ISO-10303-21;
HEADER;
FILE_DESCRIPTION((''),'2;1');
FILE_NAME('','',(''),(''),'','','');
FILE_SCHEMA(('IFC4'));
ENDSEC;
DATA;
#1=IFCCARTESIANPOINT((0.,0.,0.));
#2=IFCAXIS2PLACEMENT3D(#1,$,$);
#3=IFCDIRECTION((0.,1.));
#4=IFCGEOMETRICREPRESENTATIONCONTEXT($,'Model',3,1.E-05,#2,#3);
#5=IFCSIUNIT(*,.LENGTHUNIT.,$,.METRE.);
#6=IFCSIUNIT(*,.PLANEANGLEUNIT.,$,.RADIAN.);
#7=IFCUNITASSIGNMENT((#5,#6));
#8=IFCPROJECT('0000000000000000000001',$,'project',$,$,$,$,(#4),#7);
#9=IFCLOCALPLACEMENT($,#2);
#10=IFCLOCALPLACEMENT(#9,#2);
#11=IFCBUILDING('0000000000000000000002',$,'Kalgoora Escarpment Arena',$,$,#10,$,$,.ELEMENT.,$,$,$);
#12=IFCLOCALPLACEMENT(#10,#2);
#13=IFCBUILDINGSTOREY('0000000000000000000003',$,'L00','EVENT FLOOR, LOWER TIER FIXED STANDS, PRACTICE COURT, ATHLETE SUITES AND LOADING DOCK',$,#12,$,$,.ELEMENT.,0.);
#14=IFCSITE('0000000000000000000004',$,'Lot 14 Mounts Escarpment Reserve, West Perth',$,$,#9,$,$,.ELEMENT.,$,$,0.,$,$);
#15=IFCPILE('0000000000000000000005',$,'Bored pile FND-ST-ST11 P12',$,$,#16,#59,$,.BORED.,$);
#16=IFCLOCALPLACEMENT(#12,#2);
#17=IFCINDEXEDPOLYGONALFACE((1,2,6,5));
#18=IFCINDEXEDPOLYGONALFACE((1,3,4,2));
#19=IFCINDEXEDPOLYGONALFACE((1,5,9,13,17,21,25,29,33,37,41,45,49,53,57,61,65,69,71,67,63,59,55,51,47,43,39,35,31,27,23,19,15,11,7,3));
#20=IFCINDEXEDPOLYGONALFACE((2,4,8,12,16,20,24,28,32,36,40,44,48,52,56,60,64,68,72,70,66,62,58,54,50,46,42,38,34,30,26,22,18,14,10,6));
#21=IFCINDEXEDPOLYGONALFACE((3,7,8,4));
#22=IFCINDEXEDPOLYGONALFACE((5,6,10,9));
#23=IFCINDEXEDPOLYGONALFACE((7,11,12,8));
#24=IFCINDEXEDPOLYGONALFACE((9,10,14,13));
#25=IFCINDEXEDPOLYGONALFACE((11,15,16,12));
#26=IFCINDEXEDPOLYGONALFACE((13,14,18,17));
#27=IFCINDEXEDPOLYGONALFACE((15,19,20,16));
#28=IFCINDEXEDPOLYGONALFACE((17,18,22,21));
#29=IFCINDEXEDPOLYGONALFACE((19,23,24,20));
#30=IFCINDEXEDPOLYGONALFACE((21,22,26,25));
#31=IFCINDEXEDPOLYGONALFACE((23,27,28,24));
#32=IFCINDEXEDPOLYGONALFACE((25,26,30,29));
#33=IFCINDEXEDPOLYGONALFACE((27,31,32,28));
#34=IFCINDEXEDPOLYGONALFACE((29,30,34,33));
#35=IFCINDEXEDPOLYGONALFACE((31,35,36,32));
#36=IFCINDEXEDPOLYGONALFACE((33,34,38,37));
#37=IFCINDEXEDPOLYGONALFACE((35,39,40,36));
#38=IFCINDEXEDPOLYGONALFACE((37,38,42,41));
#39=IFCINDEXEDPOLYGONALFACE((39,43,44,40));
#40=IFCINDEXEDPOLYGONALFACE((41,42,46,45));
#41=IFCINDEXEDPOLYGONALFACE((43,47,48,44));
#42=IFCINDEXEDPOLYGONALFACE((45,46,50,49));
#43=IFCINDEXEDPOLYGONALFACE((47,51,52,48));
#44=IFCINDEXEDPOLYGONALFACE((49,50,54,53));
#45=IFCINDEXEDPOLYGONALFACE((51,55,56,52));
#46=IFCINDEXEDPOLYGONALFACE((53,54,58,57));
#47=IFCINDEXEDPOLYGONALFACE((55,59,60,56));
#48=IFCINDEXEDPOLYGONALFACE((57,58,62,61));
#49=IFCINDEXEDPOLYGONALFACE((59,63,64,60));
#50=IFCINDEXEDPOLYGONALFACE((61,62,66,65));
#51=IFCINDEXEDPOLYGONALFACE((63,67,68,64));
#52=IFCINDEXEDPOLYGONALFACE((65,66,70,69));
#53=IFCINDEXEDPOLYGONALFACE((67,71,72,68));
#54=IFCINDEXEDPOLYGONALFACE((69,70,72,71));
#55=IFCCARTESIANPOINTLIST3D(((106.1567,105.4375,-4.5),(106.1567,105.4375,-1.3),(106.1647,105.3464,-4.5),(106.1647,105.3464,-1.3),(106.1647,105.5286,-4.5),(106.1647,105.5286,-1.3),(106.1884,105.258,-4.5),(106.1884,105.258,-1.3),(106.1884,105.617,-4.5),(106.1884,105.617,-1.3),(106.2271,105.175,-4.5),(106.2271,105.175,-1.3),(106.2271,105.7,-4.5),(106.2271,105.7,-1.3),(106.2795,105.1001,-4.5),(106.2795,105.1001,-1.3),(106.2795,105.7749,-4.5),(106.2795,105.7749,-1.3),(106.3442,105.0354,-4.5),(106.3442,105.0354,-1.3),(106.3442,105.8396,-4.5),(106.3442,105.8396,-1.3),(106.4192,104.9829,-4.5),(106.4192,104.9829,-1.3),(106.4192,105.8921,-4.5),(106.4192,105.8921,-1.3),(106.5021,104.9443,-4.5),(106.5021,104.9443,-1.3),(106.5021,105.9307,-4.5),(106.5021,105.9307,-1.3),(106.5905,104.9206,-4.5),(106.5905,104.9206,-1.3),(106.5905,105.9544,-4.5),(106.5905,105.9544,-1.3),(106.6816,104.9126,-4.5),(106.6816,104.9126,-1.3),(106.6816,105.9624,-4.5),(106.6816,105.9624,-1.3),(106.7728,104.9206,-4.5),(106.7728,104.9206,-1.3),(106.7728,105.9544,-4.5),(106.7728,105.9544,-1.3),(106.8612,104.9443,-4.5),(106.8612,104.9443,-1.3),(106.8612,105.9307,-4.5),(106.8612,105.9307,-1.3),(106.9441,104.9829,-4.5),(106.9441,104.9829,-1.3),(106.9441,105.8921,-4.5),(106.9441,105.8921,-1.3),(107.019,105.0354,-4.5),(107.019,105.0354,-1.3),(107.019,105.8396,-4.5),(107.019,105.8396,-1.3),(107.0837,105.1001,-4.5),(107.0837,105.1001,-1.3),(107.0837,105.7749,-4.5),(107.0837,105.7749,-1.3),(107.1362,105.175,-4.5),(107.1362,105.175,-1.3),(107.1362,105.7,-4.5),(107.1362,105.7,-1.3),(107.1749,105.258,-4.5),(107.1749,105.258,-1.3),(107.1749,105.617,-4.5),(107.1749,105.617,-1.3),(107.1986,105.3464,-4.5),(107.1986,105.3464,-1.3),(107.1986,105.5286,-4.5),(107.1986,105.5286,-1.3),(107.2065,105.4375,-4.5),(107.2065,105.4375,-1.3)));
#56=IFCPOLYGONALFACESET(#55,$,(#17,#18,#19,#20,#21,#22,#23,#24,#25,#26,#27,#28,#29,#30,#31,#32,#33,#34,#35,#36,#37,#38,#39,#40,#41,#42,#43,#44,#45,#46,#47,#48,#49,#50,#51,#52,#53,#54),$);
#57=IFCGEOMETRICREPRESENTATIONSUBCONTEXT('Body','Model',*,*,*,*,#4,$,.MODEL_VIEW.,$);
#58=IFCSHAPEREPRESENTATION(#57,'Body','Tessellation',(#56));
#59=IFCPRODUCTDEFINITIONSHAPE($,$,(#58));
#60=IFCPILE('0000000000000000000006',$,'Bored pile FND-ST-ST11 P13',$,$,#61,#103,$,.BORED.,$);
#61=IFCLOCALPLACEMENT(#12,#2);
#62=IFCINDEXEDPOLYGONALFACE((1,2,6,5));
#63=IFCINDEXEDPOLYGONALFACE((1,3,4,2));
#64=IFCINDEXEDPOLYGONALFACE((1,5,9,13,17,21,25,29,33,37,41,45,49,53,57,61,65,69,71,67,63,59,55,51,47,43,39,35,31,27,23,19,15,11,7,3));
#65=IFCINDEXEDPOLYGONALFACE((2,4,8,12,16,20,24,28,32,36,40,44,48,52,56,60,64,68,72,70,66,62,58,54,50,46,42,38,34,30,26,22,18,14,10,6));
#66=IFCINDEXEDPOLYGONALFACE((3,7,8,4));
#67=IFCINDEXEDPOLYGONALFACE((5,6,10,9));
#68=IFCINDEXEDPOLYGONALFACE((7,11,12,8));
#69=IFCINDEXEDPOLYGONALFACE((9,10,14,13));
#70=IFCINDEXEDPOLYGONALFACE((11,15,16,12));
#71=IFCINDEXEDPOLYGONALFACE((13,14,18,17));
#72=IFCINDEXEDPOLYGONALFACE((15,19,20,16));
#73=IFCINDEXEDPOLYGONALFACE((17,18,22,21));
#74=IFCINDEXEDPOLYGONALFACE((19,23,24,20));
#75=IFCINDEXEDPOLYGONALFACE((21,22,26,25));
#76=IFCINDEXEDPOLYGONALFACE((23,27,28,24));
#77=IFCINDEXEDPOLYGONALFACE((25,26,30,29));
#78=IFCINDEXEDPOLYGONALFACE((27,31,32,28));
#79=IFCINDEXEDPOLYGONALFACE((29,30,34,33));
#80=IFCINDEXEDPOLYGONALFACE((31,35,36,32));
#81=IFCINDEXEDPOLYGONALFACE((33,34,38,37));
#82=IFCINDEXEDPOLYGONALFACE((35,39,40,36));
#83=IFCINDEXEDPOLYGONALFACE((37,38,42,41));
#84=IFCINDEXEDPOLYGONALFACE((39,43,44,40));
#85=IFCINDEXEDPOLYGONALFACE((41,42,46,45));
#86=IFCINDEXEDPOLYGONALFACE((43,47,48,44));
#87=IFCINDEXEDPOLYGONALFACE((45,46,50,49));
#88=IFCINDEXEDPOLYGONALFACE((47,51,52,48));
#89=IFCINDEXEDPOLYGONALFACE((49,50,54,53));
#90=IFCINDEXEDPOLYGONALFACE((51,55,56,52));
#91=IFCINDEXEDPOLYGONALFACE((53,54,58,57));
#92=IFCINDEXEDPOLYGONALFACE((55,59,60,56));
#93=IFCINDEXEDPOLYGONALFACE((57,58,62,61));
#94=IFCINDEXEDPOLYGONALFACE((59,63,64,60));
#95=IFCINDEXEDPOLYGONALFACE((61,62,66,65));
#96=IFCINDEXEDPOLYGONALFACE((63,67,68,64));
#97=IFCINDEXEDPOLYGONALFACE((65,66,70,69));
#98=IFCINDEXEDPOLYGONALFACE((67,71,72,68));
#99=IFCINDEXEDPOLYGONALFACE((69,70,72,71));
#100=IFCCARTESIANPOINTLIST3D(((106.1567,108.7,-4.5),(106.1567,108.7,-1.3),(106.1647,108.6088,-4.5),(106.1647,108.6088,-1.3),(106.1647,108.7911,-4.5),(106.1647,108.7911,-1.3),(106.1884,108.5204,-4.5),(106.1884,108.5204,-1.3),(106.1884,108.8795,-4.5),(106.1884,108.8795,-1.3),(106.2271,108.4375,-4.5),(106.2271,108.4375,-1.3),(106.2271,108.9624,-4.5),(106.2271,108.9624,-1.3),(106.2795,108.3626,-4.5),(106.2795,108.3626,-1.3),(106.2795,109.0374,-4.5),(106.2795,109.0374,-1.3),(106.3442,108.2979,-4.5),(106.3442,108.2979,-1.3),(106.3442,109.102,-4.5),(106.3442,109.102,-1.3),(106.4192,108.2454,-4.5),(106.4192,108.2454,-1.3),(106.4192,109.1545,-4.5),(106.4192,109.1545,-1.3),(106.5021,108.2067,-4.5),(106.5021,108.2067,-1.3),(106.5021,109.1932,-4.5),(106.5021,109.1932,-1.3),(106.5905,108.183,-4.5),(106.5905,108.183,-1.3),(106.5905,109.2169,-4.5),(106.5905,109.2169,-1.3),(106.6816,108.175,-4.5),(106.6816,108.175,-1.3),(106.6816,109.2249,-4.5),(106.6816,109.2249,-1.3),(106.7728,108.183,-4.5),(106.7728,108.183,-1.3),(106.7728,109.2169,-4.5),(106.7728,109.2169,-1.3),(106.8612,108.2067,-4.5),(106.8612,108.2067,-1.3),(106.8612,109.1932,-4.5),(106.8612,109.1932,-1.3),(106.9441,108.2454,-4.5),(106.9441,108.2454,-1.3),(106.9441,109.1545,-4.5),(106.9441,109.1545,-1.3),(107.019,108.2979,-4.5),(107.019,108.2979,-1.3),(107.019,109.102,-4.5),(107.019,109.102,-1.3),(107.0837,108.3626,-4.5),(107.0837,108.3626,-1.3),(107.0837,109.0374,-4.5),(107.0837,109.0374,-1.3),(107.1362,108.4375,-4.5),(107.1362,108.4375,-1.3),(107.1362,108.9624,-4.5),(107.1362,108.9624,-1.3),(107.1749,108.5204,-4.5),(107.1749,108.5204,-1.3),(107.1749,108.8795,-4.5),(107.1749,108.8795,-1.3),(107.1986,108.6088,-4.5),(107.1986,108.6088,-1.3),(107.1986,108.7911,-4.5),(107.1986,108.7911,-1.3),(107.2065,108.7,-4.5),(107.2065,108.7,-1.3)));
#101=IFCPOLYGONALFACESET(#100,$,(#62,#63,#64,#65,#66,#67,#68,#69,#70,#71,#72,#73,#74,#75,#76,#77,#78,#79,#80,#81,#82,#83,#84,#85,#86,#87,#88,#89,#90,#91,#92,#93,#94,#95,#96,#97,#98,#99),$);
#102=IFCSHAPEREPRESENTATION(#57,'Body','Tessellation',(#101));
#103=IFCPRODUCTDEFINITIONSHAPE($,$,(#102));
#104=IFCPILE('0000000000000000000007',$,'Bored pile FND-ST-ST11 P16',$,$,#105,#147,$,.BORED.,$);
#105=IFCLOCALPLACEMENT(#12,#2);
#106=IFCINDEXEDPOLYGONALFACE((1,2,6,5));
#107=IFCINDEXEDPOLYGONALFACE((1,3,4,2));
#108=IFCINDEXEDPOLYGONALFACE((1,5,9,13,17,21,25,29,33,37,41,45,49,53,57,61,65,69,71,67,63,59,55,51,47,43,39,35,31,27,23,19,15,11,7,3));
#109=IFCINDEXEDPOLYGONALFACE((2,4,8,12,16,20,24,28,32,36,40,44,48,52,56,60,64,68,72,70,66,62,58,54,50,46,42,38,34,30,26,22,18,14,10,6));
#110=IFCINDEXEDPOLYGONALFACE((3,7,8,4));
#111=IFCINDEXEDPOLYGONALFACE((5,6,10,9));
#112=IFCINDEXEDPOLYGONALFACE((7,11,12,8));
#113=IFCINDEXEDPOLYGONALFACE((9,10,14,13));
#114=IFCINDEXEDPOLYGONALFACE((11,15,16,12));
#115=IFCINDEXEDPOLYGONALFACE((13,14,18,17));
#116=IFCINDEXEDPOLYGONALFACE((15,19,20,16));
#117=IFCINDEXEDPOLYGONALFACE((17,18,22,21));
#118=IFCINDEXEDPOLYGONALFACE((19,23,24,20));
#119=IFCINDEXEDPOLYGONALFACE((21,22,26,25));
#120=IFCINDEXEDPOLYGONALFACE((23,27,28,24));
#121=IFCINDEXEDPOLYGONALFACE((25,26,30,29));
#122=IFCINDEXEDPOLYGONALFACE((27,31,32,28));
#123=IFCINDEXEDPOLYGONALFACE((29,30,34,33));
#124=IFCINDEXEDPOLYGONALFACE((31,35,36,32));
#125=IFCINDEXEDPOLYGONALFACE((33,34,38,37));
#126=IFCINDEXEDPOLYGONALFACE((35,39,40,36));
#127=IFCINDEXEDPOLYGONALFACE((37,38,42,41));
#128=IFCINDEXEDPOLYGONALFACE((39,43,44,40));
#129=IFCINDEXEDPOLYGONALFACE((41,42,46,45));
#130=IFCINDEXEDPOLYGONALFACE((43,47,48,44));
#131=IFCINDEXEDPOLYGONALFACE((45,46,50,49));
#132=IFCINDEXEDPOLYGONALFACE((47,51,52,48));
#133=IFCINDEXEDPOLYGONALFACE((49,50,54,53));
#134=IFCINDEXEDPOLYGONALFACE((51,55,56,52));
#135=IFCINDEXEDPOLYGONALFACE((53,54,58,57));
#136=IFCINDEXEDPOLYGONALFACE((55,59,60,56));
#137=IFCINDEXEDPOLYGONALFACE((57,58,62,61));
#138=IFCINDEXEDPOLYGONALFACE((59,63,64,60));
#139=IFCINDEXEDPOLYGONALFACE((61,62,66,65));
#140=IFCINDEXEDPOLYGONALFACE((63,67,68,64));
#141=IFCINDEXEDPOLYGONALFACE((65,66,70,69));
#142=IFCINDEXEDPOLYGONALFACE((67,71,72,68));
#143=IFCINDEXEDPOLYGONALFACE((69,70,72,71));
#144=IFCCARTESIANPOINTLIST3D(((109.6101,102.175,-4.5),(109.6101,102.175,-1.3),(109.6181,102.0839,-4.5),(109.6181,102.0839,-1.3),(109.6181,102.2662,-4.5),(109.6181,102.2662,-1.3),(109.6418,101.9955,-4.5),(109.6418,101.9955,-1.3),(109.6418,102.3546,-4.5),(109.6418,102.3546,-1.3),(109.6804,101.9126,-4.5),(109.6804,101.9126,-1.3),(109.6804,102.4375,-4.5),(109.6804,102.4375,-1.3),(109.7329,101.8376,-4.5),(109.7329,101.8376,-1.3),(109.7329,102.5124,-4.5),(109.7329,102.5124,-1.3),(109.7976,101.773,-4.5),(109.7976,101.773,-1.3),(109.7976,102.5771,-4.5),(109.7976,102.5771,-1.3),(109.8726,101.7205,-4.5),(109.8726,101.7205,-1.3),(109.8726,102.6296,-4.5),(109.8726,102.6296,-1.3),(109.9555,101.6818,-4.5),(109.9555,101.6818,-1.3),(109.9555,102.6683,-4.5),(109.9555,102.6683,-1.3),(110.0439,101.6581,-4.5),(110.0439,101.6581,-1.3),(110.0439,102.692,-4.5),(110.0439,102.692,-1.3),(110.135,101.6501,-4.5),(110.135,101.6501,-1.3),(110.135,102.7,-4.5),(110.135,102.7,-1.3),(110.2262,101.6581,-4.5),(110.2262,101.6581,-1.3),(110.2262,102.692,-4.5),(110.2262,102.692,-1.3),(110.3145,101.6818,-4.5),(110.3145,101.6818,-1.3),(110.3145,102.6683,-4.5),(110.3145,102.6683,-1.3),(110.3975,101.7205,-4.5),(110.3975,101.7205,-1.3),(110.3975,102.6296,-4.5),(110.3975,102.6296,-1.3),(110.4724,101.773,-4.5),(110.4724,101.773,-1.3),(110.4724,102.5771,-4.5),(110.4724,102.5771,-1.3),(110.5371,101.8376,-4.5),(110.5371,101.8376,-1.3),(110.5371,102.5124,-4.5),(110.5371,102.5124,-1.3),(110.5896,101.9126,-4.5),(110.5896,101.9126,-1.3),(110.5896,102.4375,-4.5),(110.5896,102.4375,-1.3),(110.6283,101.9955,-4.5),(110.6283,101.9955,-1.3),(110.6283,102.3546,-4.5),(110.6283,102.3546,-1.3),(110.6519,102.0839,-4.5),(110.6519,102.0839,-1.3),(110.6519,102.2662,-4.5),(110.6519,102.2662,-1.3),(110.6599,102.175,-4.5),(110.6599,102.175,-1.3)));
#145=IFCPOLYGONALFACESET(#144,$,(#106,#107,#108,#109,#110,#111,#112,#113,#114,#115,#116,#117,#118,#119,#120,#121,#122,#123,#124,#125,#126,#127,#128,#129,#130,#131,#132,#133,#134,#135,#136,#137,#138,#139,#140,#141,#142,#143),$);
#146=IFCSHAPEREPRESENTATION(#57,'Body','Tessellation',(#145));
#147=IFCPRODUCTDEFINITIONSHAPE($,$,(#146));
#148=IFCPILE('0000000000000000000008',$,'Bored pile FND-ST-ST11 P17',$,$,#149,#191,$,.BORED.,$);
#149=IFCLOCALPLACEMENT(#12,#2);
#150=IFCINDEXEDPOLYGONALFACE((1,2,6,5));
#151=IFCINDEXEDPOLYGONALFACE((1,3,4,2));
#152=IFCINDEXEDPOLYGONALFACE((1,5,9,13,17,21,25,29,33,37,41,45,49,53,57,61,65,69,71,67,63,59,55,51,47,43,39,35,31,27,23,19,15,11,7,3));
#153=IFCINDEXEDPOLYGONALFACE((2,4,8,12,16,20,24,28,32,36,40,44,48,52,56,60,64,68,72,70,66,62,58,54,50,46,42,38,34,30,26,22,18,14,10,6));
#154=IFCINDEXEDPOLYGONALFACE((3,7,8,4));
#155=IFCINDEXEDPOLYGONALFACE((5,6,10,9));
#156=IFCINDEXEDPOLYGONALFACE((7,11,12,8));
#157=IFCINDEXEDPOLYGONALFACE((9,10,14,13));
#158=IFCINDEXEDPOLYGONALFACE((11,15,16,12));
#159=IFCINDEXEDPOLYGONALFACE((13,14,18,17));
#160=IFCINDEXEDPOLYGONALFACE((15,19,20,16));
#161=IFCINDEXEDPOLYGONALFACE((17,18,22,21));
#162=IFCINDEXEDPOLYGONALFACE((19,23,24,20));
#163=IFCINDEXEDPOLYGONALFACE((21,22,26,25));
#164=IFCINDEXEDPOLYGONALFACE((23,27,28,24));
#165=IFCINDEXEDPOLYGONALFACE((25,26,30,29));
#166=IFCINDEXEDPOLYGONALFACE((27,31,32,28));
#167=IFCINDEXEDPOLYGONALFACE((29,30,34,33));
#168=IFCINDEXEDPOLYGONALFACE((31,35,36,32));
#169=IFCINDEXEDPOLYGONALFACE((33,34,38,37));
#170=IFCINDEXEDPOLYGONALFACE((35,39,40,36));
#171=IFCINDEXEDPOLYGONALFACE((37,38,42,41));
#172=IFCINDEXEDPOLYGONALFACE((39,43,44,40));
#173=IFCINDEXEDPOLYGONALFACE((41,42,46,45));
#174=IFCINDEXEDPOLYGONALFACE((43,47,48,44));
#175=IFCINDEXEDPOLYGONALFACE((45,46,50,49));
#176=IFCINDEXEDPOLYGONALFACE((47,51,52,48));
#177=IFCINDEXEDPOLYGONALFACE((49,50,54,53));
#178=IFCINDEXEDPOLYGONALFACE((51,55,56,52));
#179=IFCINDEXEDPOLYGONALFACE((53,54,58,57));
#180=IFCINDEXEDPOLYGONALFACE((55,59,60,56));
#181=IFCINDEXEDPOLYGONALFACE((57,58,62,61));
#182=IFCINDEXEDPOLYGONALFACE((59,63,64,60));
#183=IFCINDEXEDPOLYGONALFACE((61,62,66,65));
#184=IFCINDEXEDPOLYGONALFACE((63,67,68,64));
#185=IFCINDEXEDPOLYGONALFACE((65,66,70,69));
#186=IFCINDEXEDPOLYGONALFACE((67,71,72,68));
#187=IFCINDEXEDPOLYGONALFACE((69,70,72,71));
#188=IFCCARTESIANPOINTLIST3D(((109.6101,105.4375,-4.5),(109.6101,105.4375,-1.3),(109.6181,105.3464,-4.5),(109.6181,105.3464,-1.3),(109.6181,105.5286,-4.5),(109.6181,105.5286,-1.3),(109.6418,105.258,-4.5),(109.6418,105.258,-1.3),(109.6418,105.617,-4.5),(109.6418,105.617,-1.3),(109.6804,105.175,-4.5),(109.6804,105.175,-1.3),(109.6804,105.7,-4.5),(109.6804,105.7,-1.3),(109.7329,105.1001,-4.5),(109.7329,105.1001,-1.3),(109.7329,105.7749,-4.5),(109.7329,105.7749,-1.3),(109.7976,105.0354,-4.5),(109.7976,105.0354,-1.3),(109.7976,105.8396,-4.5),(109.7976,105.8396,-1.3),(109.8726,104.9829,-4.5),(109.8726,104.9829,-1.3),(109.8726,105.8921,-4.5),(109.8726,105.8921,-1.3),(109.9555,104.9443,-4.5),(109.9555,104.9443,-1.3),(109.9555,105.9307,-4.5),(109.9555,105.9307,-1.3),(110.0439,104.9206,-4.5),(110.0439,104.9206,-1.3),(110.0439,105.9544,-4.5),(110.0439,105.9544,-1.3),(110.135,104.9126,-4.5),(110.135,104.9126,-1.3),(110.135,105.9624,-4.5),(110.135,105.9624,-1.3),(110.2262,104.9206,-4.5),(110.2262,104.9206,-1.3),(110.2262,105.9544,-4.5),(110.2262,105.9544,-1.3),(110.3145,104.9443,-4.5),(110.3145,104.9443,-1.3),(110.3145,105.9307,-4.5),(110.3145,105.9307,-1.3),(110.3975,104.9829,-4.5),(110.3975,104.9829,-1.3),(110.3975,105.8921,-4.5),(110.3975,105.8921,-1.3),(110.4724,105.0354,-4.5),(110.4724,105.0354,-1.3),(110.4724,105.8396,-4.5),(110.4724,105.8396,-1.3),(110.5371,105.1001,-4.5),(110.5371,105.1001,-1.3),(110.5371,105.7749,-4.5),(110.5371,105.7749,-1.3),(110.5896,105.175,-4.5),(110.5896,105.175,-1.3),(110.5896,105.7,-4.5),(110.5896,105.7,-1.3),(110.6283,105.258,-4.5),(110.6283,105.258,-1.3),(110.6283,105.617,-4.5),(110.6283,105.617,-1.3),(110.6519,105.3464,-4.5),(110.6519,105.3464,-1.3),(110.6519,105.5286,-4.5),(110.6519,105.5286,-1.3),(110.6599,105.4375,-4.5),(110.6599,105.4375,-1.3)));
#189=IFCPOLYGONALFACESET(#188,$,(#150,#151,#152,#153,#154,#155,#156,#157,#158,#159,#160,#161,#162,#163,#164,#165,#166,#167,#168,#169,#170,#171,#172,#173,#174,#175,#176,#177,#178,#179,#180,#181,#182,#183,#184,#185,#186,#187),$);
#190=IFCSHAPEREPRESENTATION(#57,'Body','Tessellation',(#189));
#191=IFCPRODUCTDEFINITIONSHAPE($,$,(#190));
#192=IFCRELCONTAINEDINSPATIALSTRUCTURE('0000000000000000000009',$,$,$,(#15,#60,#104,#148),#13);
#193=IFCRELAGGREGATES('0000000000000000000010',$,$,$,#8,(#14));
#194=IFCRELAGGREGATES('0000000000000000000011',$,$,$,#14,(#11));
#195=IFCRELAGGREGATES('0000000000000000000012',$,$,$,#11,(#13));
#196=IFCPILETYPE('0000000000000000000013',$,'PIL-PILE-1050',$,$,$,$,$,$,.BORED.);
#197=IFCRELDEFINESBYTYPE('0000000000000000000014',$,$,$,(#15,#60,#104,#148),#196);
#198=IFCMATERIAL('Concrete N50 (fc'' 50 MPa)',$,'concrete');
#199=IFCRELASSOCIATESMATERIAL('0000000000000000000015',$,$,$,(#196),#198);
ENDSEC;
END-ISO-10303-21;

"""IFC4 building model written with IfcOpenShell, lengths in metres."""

from ifc_helpers import new_model, si_unit, direction, frame, origin, origin_2d, place, context, subcontext, project, spatial, circle, extrude, material, material_profile, profile_set, type_object, element, save


model = new_model("IFC4")

# Units and contexts
model_context = context("Model", 3, precision=1e-05, world=origin(), true_north=direction((0.0, 1.0)))
body_context = subcontext(model_context, "Body", "Model", "MODEL_VIEW")
ifc_project = project(units=[si_unit("LENGTHUNIT", "METRE"), si_unit("PLANEANGLEUNIT", "RADIAN")], contexts=[model_context])

# Site, building, storey
site_placement = place(None, origin())
site = spatial("IfcSite", under=ifc_project, at=site_placement, Name="Lot 14 Mounts Escarpment Reserve, West Perth", CompositionType="ELEMENT", RefElevation=0.0)
building_placement = place(site_placement, origin())
building = spatial("IfcBuilding", under=site, at=building_placement, Name="Kalgoora Escarpment Arena", CompositionType="ELEMENT")
storey_placement = place(building_placement, origin())
storey = spatial("IfcBuildingStorey", under=building, at=storey_placement, Name="L00", Description="EVENT FLOOR, LOWER TIER FIXED STANDS, PRACTICE COURT, ATHLETE SUITES AND LOADING DOCK", CompositionType="ELEMENT", Elevation=0.0)

# Piles
ifc_material_1 = material(Name="Concrete N50 (fc' 50 MPa)", Category="concrete")
ifc_material_profile_1 = material_profile(ifc_material_1, circle(Radius=0.5249, at=origin_2d()))
ifc_profile_set_1 = profile_set([ifc_material_profile_1], Name="Concrete N50 (fc' 50 MPa)")
pile_type_1 = type_object("IfcPileType", Name="PIL-PILE-1050", PredefinedType="BORED", material=ifc_profile_set_1)
for number, where, z_axis, x_axis, name in (
    (1, (106.6816, 105.4375, -1.3), (0.0, 0.0, -1.0), (1.0, 0.0, 0.0), "Bored pile FND-ST-ST11 P12"),
    (2, (106.6816, 108.7, -1.3), (0.0, 0.0, -1.0), (1.0, 0.0, 0.0), "Bored pile FND-ST-ST11 P13"),
    (3, (110.135, 102.175, -1.3), (0.0, 0.0, -1.0), (1.0, 0.0, 0.0), "Bored pile FND-ST-ST11 P16"),
    (4, (110.135, 105.4375, -1.3), (0.0, 0.0, -1.0), (1.0, 0.0, 0.0), "Bored pile FND-ST-ST11 P17"),
):
    element("IfcPile", number, at=place(storey_placement, frame(where, z_axis=z_axis, x_axis=x_axis)), inside=storey, type_object=pile_type_1, Name=name, PredefinedType="BORED", context=body_context, shape_type="SweptSolid", body=[
        extrude(circle(Radius=0.5249, at=origin_2d()), origin(), (0.0, 0.0, 1.0), 3.2),
    ])

save(model, "model.ifc")
